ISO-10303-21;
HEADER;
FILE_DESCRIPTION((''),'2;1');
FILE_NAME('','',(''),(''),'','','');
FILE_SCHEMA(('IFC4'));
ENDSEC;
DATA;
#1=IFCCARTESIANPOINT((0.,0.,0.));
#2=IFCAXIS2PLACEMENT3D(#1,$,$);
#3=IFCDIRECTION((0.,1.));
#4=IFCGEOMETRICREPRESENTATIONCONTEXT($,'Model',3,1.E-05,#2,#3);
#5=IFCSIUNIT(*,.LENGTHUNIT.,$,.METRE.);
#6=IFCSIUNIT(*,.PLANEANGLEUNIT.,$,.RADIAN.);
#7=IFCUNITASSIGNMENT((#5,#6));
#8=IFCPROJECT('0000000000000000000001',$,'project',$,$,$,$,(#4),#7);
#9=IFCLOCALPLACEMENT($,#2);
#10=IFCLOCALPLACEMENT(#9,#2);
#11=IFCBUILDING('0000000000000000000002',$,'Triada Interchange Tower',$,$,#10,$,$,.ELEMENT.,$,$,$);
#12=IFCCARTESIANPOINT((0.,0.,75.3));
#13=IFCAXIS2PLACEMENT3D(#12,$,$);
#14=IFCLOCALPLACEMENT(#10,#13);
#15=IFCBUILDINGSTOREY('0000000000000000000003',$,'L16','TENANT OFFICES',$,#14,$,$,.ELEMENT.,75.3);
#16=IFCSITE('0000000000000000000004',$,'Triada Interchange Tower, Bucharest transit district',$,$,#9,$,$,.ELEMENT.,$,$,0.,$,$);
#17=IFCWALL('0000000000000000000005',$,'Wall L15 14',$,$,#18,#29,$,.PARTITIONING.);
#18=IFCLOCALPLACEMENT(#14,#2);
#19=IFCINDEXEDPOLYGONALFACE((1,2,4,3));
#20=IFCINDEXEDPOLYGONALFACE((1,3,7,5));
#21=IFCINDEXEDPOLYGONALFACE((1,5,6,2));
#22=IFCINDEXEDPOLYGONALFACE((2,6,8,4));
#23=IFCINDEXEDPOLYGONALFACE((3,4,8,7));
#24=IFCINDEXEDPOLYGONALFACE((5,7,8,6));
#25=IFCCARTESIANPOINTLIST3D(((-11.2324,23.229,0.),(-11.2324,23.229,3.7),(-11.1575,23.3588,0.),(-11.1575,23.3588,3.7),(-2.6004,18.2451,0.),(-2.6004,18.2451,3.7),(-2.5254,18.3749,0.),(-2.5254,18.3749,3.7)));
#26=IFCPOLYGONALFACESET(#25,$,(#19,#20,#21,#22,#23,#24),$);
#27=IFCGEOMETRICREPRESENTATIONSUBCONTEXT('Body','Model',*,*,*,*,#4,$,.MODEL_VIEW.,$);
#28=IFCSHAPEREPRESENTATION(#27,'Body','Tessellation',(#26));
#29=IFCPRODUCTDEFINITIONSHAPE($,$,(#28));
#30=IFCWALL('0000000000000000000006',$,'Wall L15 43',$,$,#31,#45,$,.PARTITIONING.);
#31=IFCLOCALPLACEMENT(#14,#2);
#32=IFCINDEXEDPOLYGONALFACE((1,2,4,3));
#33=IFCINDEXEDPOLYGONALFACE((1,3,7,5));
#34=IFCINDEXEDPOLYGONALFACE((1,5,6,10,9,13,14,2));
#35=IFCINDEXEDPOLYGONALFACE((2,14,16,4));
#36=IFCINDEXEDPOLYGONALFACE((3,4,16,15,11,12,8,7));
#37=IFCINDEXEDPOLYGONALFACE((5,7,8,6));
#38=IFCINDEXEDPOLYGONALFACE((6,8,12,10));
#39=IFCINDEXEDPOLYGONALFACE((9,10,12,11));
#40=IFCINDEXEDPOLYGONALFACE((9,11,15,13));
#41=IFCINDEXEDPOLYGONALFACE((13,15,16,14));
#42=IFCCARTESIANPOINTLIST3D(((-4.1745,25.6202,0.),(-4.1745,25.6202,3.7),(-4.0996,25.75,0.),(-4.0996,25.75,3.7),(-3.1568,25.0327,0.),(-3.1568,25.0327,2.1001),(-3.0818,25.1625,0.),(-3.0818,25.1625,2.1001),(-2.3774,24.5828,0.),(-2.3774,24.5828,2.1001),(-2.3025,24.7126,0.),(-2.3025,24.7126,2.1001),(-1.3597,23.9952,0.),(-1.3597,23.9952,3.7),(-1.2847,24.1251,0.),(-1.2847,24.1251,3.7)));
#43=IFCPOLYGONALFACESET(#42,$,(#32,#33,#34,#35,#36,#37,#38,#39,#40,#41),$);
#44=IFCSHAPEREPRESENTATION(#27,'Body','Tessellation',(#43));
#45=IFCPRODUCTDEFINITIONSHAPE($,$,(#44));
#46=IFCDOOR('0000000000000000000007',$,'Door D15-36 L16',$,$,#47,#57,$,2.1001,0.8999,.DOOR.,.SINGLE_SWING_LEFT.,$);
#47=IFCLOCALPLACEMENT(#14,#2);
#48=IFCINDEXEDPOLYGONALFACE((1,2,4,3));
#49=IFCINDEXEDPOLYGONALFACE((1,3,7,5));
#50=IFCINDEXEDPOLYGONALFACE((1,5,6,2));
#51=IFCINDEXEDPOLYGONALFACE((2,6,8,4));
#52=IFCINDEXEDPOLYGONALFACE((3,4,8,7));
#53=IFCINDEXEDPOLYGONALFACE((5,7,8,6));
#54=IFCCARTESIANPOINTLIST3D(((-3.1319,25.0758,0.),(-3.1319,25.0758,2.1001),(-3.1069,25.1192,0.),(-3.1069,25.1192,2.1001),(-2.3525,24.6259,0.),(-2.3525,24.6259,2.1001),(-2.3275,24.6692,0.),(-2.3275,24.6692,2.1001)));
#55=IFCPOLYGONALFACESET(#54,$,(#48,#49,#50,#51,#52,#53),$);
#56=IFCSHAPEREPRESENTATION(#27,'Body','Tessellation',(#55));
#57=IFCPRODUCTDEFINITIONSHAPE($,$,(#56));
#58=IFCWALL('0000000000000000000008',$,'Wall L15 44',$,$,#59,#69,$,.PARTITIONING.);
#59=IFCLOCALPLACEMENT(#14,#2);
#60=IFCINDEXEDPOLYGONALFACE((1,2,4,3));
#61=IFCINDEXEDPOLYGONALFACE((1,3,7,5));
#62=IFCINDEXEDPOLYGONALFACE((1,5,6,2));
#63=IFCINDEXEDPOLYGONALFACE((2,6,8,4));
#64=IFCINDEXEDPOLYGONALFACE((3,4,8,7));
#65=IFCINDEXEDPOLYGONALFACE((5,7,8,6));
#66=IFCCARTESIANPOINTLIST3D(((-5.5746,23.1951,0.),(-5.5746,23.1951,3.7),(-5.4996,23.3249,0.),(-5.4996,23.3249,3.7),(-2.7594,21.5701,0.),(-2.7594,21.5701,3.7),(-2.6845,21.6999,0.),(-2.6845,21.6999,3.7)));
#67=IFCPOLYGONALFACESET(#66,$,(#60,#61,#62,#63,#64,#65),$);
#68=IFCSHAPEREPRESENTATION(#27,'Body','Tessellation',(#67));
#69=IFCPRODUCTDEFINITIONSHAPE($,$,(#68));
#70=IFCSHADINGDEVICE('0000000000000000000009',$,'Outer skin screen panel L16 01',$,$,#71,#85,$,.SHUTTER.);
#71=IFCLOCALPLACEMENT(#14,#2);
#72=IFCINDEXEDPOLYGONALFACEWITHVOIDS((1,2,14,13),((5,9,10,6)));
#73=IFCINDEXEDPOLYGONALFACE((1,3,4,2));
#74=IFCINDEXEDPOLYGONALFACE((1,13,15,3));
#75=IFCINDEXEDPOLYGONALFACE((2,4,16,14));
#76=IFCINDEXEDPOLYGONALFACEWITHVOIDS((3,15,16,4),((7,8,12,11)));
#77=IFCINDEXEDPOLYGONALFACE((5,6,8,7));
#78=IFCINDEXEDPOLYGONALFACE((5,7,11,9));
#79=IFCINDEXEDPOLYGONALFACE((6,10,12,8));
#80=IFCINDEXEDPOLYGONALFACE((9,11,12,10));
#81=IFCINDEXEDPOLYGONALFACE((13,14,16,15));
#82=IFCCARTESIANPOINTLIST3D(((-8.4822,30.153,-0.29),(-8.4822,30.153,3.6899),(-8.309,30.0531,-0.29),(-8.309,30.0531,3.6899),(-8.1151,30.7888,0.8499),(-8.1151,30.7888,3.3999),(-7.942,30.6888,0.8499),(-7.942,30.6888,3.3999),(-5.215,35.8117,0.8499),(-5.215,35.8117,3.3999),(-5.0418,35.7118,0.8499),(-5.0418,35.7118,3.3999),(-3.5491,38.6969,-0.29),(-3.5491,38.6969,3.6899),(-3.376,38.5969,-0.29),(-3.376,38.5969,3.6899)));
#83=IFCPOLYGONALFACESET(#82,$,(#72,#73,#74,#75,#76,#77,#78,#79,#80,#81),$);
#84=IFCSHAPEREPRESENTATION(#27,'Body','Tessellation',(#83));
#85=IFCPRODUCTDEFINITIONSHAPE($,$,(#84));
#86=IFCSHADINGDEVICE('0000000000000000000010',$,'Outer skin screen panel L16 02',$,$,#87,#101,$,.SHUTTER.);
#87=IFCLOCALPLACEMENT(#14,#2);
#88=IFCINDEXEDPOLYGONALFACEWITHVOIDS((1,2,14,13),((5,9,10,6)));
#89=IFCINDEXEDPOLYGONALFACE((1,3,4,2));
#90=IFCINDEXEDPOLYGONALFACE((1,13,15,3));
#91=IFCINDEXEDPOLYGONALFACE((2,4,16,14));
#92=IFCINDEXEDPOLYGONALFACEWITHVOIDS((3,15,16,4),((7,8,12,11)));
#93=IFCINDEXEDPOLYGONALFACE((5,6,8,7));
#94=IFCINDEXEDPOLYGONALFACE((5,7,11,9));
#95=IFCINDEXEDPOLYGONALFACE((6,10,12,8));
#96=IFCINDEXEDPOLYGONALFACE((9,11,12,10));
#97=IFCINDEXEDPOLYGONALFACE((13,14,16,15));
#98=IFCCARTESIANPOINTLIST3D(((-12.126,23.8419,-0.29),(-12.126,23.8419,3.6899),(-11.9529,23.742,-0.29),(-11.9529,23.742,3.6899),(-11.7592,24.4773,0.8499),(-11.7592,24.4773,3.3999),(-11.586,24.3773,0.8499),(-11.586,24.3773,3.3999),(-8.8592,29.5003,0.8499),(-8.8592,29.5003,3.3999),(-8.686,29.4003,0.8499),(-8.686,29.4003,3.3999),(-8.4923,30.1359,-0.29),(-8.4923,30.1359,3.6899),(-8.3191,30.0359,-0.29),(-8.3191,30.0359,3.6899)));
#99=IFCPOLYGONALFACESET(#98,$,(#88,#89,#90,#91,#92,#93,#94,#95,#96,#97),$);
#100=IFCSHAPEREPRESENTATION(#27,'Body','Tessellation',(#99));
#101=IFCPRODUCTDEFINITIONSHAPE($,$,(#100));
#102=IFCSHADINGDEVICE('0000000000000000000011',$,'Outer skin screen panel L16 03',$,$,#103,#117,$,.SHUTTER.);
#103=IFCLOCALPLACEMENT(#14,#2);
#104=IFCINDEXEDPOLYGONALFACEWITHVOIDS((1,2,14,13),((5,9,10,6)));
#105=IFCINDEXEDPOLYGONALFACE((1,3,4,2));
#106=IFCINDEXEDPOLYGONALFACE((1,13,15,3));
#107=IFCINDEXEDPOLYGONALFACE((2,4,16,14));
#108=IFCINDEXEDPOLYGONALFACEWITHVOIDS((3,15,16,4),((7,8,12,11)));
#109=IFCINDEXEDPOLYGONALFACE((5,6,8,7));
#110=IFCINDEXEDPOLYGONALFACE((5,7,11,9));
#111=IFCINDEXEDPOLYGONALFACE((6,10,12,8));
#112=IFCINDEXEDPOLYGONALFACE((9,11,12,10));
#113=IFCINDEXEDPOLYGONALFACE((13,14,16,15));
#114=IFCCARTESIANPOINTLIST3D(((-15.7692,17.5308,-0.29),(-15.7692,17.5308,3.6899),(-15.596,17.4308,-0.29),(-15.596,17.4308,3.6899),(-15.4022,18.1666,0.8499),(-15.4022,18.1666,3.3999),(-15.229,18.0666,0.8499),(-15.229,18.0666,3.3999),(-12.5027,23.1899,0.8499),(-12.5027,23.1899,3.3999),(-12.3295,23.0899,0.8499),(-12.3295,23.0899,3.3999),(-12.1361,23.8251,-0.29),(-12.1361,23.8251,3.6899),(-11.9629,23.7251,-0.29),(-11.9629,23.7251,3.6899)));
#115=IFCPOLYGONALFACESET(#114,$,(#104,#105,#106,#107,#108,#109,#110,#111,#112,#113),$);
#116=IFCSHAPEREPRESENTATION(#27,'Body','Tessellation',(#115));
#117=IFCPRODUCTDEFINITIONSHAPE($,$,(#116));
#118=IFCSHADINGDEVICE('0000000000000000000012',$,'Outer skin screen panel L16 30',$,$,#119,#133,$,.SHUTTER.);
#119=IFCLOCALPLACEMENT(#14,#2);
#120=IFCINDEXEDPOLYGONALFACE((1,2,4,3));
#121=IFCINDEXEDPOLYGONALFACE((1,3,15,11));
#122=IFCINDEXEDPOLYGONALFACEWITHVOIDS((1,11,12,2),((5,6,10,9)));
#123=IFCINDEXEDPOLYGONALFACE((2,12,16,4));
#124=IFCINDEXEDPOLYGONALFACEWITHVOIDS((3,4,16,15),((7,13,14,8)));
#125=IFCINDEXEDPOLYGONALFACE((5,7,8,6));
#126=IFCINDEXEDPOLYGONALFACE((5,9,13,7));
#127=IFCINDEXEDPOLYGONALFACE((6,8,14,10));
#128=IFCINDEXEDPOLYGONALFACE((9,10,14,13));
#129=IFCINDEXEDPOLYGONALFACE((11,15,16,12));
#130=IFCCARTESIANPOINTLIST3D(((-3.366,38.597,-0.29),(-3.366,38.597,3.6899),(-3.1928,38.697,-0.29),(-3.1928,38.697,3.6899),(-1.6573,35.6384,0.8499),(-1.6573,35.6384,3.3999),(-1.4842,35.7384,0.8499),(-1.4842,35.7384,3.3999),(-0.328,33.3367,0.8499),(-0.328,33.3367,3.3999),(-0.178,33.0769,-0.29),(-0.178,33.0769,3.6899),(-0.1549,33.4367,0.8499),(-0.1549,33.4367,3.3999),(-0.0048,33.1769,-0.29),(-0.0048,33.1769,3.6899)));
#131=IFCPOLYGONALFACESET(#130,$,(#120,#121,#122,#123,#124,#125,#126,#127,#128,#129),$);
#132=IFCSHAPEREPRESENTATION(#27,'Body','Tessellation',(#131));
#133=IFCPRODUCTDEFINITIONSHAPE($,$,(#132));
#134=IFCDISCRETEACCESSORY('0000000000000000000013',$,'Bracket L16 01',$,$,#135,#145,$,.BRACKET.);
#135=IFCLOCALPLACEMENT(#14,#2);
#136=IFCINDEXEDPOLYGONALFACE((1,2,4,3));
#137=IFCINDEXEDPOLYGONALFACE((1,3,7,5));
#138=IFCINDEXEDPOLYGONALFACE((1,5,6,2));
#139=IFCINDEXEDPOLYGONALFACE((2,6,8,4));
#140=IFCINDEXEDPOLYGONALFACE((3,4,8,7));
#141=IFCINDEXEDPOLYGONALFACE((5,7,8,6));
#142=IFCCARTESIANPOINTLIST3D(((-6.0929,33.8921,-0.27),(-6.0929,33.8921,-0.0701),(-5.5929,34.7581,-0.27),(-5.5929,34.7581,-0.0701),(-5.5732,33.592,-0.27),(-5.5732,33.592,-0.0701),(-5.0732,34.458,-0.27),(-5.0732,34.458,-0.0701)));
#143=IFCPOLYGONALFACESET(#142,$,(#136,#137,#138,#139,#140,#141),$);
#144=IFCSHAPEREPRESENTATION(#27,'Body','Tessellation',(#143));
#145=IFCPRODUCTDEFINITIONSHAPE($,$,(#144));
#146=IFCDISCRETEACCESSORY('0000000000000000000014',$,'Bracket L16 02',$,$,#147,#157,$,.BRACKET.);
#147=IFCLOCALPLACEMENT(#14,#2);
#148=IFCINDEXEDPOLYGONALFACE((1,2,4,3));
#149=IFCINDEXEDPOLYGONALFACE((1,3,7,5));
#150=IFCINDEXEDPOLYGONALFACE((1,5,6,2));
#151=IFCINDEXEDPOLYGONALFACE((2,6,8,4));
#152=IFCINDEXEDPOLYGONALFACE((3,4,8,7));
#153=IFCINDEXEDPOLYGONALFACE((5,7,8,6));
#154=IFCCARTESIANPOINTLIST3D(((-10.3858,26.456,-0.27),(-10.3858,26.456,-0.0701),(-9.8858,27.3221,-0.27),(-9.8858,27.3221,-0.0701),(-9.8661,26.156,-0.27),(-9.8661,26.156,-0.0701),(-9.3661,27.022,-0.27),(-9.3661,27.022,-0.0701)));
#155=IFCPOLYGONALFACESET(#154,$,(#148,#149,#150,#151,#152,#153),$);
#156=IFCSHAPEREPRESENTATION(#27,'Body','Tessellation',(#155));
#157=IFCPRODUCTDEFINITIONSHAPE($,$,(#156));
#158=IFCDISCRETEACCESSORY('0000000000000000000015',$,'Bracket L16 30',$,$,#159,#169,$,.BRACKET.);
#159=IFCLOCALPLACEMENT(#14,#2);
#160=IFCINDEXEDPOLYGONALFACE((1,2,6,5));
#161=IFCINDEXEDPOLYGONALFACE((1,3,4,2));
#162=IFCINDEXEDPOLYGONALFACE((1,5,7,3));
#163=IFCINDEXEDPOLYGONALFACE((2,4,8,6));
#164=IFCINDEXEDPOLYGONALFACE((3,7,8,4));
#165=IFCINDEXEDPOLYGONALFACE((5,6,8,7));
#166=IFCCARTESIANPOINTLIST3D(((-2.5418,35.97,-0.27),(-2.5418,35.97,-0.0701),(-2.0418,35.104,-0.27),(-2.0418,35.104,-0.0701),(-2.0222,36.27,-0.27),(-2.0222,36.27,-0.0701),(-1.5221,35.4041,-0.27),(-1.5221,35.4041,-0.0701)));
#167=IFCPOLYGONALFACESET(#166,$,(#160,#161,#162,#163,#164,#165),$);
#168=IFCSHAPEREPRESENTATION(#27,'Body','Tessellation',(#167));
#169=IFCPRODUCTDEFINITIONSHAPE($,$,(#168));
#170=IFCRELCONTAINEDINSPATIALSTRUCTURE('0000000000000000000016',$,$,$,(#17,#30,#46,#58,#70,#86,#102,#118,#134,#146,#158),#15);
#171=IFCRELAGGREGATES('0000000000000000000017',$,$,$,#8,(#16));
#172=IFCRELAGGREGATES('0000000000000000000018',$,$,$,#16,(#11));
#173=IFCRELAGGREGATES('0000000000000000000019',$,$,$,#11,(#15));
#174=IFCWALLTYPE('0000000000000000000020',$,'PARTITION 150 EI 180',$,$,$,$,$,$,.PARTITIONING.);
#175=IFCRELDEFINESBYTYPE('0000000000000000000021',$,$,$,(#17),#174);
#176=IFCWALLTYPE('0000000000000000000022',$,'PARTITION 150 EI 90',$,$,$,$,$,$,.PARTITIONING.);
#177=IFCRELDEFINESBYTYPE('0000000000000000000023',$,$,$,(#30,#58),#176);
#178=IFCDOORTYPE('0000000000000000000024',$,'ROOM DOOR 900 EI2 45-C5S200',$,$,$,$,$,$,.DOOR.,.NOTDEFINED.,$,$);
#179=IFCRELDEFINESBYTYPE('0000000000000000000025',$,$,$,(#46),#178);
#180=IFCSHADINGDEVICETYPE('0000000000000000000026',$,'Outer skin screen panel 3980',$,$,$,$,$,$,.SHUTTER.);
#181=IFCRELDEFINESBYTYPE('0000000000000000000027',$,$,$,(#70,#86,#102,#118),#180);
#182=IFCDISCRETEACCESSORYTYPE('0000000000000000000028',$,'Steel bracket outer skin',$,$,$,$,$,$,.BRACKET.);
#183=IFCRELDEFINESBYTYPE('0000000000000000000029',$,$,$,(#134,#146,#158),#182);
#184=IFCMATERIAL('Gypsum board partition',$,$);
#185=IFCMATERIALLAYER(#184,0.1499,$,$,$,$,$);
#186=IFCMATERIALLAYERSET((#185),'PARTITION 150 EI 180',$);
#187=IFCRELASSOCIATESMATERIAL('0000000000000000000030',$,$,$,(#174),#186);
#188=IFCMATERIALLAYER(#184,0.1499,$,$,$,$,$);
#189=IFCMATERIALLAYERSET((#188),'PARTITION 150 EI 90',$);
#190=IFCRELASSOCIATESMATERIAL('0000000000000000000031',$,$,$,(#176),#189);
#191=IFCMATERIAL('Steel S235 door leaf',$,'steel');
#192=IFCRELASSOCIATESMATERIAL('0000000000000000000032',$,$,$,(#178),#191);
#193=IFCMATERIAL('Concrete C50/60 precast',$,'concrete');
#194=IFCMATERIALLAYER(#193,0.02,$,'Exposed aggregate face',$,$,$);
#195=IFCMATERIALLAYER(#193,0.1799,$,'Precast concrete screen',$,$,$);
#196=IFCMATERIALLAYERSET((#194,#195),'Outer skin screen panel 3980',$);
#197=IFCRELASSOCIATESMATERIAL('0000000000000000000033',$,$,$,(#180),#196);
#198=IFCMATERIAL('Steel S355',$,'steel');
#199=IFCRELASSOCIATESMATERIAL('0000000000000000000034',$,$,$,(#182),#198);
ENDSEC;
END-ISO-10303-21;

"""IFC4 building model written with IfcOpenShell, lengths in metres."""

from ifc_helpers import new_model, si_unit, direction, frame, frame_2d, origin, origin_2d, place, context, subcontext, project, spatial, polyline, rectangle, outline, extrude, material, layer, layer_set, type_object, element, fill, save


model = new_model("IFC4")

# Units and contexts
model_context = context("Model", 3, precision=1e-05, world=origin(), true_north=direction((0.0, 1.0)))
body_context = subcontext(model_context, "Body", "Model", "MODEL_VIEW")
ifc_project = project(units=[si_unit("LENGTHUNIT", "METRE"), si_unit("PLANEANGLEUNIT", "RADIAN")], contexts=[model_context])

# Site, building, storey
site_placement = place(None, origin())
site = spatial("IfcSite", under=ifc_project, at=site_placement, Name="Triada Interchange Tower, Bucharest transit district", CompositionType="ELEMENT", RefElevation=0.0)
building_placement = place(site_placement, origin())
building = spatial("IfcBuilding", under=site, at=building_placement, Name="Triada Interchange Tower", CompositionType="ELEMENT")
storey_placement = place(building_placement, frame((0.0, 0.0, 75.3)))
storey = spatial("IfcBuildingStorey", under=building, at=storey_placement, Name="L16", Description="TENANT OFFICES", CompositionType="ELEMENT", Elevation=75.3)

# Wall
ifc_material_1 = material(Name="Gypsum board partition")
ifc_layer_1 = layer(ifc_material_1, 0.1499)
ifc_layer_set_1 = layer_set([ifc_layer_1], Name="PARTITION 150 EI 180")
wall_type_1 = type_object("IfcWallType", Name="PARTITION 150 EI 180", PredefinedType="PARTITIONING", material=ifc_layer_set_1)
wall_1_placement = place(storey_placement, frame((-11.1951, 23.2939, 0.0), z_axis=(0.0, 0.0, 1.0), x_axis=(0.866019, -0.500012, 0.0)))
element("IfcWall", 1, at=wall_1_placement, inside=storey, type_object=wall_type_1, Name="Wall L15 14", PredefinedType="PARTITIONING", context=body_context, shape_type="SweptSolid", body=[
    extrude(rectangle(XDim=9.9675, YDim=0.1499, at=frame_2d((4.9839, 0.0))), origin(), (0.0, 0.0, 1.0), 3.7),
])

# Wall, opening, door
ifc_layer_2 = layer(ifc_material_1, 0.1499)
ifc_layer_set_2 = layer_set([ifc_layer_2], Name="PARTITION 150 EI 90")
wall_type_2 = type_object("IfcWallType", Name="PARTITION 150 EI 90", PredefinedType="PARTITIONING", material=ifc_layer_set_2)
wall_2_placement = place(storey_placement, frame((-4.137, 25.6851, 0.0), z_axis=(0.0, 0.0, 1.0), x_axis=(0.866053, -0.499952, 0.0)))
wall_2 = element("IfcWall", 2, at=wall_2_placement, inside=storey, type_object=wall_type_2, Name="Wall L15 43", PredefinedType="PARTITIONING", context=body_context, shape_type="SweptSolid", body=[
    extrude(rectangle(XDim=3.2502, YDim=0.1499, at=frame_2d((1.625, 0.0))), origin(), (0.0, 0.0, 1.0), 3.7),
])
opening_1_placement = place(wall_2_placement, frame((1.175, 0.0, 0.0)))
opening_1 = element("IfcOpeningElement", 3, at=opening_1_placement, cuts=wall_2, PredefinedType="OPENING", context=body_context, shape_type="SweptSolid", body=[
    extrude(rectangle(XDim=0.8999, YDim=2.1001, at=frame_2d((0.45, 1.05))), frame((0.0, 0.085, 0.0), z_axis=(0.0, -1.0, 0.0), x_axis=(1.0, 0.0, 0.0)), (0.0, 0.0, 1.0), 0.1699),
])
ifc_material_2 = material(Name="Steel S235 door leaf", Category="steel")
door_type = type_object("IfcDoorType", Name="ROOM DOOR 900 EI2 45-C5S200", OperationType="NOTDEFINED", PredefinedType="DOOR", material=ifc_material_2)
door_placement = place(opening_1_placement, origin())
door = element("IfcDoor", 4, at=door_placement, inside=storey, type_object=door_type, Name="Door D15-36 L16", OperationType="SINGLE_SWING_LEFT", OverallHeight=2.1001, OverallWidth=0.8999, PredefinedType="DOOR", context=body_context, shape_type="SweptSolid", body=[
    extrude(rectangle(XDim=0.8999, YDim=2.1001, at=frame_2d((0.45, 1.05))), frame((0.0, 0.0249, 0.0), z_axis=(0.0, -1.0, 0.0), x_axis=(1.0, 0.0, 0.0)), (0.0, 0.0, 1.0), 0.05),
])
fill(opening_1, door)

# Wall
wall_3_placement = place(storey_placement, frame((-5.5371, 23.26, 0.0), z_axis=(0.0, 0.0, 1.0), x_axis=(0.866072, -0.49992, 0.0)))
element("IfcWall", 5, at=wall_3_placement, inside=storey, type_object=wall_type_2, Name="Wall L15 44", PredefinedType="PARTITIONING", context=body_context, shape_type="SweptSolid", body=[
    extrude(rectangle(XDim=3.2505, YDim=0.1499, at=frame_2d((1.6252, 0.0))), origin(), (0.0, 0.0, 1.0), 3.7),
])

# Shading devices
ifc_material_3 = material(Name="Concrete C50/60 precast", Category="concrete")
ifc_layer_3 = layer(ifc_material_3, 0.02, Name="Exposed aggregate face")
ifc_layer_4 = layer(ifc_material_3, 0.1799, Name="Precast concrete screen")
ifc_layer_set_3 = layer_set([ifc_layer_3, ifc_layer_4], Name="Outer skin screen panel 3980")
shading_device_type = type_object("IfcShadingDeviceType", Name="Outer skin screen panel 3980", PredefinedType="SHUTTER", material=ifc_layer_set_3)
shading_device_1_placement = place(storey_placement, frame((-3.376, 38.5969, -0.29), z_axis=(0.0, 0.0, 1.0), x_axis=(-0.500019, -0.866014, 0.0)))
element("IfcShadingDevice", 6, at=shading_device_1_placement, inside=storey, type_object=shading_device_type, Name="Outer skin screen panel L16 01", PredefinedType="SHUTTER", context=body_context, shape_type="SweptSolid", body=[
    extrude(outline(polyline([(0.0, 0.0), (9.8657, 0.0), (9.8657, 3.98), (0.0, 3.98), (0.0, 0.0)]), holes=[polyline([(3.3315, 1.1399), (3.3315, 3.6899), (9.1316, 3.6899), (9.1316, 1.1399), (3.3315, 1.1399)])]), frame((0.0, 0.0, 0.0), z_axis=(0.0, -1.0, 0.0), x_axis=(1.0, 0.0, 0.0)), (0.0, 0.0, 1.0), 0.2),
])
shading_device_2_placement = place(storey_placement, frame((-8.3191, 30.0359, -0.29), z_axis=(0.0, 0.0, 1.0), x_axis=(-0.499998, -0.866027, 0.0)))
element("IfcShadingDevice", 7, at=shading_device_2_placement, inside=storey, type_object=shading_device_type, Name="Outer skin screen panel L16 02", PredefinedType="SHUTTER", context=body_context, shape_type="SweptSolid", body=[
    extrude(outline(polyline([(0.0, 0.0), (7.2676, 0.0), (7.2676, 3.98), (0.0, 3.98), (0.0, 0.0)]), holes=[polyline([(0.7339, 1.1399), (0.7339, 3.6899), (6.5339, 3.6899), (6.5339, 1.1399), (0.7339, 1.1399)])]), frame((0.0, 0.0, 0.0), z_axis=(0.0, -1.0, 0.0), x_axis=(1.0, 0.0, 0.0)), (0.0, 0.0, 1.0), 0.2),
])
shading_device_3_placement = place(storey_placement, frame((-11.9629, 23.7251, -0.29), z_axis=(0.0, 0.0, 1.0), x_axis=(-0.499908, -0.866079, 0.0)))
element("IfcShadingDevice", 8, at=shading_device_3_placement, inside=storey, type_object=shading_device_type, Name="Outer skin screen panel L16 03", PredefinedType="SHUTTER", context=body_context, shape_type="SweptSolid", body=[
    extrude(outline(polyline([(0.0, 0.0), (7.2676, 0.0), (7.2676, 3.98), (0.0, 3.98), (0.0, 0.0)]), holes=[polyline([(0.7334, 1.1399), (0.7334, 3.6899), (6.5334, 3.6899), (6.5334, 1.1399), (0.7334, 1.1399)])]), frame((0.0, 0.0, 0.0), z_axis=(0.0, -1.0, 0.0), x_axis=(1.0, 0.0, 0.0)), (0.0, 0.0, 1.0), 0.2),
])
shading_device_4_placement = place(storey_placement, frame((-0.178, 33.0769, -0.29), z_axis=(0.0, 0.0, 1.0), x_axis=(-0.500118, 0.865957, 0.0)))
element("IfcShadingDevice", 9, at=shading_device_4_placement, inside=storey, type_object=shading_device_type, Name="Outer skin screen panel L16 30", PredefinedType="SHUTTER", context=body_context, shape_type="SweptSolid", body=[
    extrude(outline(polyline([(0.0, 0.0), (6.3745, 0.0), (6.3745, 3.98), (0.0, 3.98), (0.0, 0.0)]), holes=[polyline([(0.3, 1.1399), (0.3, 3.6899), (2.958, 3.6899), (2.958, 1.1399), (0.3, 1.1399)])]), frame((0.0, 0.0, 0.0), z_axis=(0.0, -1.0, 0.0), x_axis=(1.0, 0.0, 0.0)), (0.0, 0.0, 1.0), 0.2),
])

# Discrete accessories
ifc_material_4 = material(Name="Steel S355", Category="steel")
discrete_accessory_type = type_object("IfcDiscreteAccessoryType", Name="Steel bracket outer skin", PredefinedType="BRACKET", material=ifc_material_4)
for number, where, z_axis, x_axis, name in (
    (10, (-5.583, 34.175, -0.27), (0.0, 0.0, 1.0), (-0.866027, 0.499997, 0.0), "Bracket L16 01"),
    (11, (-9.876, 26.739, -0.27), (0.0, 0.0, 1.0), (-0.866027, 0.499997, 0.0), "Bracket L16 02"),
    (12, (-2.032, 35.687, -0.27), (0.0, 0.0, 1.0), (0.865998, 0.500048, 0.0), "Bracket L16 30"),
):
    element("IfcDiscreteAccessory", number, at=place(storey_placement, frame(where, z_axis=z_axis, x_axis=x_axis)), inside=storey, type_object=discrete_accessory_type, Name=name, PredefinedType="BRACKET", context=body_context, shape_type="SweptSolid", body=[
        extrude(rectangle(XDim=0.6001, YDim=1.0, at=origin_2d()), origin(), (0.0, 0.0, 1.0), 0.2),
    ])

save(model, "model.ifc")
